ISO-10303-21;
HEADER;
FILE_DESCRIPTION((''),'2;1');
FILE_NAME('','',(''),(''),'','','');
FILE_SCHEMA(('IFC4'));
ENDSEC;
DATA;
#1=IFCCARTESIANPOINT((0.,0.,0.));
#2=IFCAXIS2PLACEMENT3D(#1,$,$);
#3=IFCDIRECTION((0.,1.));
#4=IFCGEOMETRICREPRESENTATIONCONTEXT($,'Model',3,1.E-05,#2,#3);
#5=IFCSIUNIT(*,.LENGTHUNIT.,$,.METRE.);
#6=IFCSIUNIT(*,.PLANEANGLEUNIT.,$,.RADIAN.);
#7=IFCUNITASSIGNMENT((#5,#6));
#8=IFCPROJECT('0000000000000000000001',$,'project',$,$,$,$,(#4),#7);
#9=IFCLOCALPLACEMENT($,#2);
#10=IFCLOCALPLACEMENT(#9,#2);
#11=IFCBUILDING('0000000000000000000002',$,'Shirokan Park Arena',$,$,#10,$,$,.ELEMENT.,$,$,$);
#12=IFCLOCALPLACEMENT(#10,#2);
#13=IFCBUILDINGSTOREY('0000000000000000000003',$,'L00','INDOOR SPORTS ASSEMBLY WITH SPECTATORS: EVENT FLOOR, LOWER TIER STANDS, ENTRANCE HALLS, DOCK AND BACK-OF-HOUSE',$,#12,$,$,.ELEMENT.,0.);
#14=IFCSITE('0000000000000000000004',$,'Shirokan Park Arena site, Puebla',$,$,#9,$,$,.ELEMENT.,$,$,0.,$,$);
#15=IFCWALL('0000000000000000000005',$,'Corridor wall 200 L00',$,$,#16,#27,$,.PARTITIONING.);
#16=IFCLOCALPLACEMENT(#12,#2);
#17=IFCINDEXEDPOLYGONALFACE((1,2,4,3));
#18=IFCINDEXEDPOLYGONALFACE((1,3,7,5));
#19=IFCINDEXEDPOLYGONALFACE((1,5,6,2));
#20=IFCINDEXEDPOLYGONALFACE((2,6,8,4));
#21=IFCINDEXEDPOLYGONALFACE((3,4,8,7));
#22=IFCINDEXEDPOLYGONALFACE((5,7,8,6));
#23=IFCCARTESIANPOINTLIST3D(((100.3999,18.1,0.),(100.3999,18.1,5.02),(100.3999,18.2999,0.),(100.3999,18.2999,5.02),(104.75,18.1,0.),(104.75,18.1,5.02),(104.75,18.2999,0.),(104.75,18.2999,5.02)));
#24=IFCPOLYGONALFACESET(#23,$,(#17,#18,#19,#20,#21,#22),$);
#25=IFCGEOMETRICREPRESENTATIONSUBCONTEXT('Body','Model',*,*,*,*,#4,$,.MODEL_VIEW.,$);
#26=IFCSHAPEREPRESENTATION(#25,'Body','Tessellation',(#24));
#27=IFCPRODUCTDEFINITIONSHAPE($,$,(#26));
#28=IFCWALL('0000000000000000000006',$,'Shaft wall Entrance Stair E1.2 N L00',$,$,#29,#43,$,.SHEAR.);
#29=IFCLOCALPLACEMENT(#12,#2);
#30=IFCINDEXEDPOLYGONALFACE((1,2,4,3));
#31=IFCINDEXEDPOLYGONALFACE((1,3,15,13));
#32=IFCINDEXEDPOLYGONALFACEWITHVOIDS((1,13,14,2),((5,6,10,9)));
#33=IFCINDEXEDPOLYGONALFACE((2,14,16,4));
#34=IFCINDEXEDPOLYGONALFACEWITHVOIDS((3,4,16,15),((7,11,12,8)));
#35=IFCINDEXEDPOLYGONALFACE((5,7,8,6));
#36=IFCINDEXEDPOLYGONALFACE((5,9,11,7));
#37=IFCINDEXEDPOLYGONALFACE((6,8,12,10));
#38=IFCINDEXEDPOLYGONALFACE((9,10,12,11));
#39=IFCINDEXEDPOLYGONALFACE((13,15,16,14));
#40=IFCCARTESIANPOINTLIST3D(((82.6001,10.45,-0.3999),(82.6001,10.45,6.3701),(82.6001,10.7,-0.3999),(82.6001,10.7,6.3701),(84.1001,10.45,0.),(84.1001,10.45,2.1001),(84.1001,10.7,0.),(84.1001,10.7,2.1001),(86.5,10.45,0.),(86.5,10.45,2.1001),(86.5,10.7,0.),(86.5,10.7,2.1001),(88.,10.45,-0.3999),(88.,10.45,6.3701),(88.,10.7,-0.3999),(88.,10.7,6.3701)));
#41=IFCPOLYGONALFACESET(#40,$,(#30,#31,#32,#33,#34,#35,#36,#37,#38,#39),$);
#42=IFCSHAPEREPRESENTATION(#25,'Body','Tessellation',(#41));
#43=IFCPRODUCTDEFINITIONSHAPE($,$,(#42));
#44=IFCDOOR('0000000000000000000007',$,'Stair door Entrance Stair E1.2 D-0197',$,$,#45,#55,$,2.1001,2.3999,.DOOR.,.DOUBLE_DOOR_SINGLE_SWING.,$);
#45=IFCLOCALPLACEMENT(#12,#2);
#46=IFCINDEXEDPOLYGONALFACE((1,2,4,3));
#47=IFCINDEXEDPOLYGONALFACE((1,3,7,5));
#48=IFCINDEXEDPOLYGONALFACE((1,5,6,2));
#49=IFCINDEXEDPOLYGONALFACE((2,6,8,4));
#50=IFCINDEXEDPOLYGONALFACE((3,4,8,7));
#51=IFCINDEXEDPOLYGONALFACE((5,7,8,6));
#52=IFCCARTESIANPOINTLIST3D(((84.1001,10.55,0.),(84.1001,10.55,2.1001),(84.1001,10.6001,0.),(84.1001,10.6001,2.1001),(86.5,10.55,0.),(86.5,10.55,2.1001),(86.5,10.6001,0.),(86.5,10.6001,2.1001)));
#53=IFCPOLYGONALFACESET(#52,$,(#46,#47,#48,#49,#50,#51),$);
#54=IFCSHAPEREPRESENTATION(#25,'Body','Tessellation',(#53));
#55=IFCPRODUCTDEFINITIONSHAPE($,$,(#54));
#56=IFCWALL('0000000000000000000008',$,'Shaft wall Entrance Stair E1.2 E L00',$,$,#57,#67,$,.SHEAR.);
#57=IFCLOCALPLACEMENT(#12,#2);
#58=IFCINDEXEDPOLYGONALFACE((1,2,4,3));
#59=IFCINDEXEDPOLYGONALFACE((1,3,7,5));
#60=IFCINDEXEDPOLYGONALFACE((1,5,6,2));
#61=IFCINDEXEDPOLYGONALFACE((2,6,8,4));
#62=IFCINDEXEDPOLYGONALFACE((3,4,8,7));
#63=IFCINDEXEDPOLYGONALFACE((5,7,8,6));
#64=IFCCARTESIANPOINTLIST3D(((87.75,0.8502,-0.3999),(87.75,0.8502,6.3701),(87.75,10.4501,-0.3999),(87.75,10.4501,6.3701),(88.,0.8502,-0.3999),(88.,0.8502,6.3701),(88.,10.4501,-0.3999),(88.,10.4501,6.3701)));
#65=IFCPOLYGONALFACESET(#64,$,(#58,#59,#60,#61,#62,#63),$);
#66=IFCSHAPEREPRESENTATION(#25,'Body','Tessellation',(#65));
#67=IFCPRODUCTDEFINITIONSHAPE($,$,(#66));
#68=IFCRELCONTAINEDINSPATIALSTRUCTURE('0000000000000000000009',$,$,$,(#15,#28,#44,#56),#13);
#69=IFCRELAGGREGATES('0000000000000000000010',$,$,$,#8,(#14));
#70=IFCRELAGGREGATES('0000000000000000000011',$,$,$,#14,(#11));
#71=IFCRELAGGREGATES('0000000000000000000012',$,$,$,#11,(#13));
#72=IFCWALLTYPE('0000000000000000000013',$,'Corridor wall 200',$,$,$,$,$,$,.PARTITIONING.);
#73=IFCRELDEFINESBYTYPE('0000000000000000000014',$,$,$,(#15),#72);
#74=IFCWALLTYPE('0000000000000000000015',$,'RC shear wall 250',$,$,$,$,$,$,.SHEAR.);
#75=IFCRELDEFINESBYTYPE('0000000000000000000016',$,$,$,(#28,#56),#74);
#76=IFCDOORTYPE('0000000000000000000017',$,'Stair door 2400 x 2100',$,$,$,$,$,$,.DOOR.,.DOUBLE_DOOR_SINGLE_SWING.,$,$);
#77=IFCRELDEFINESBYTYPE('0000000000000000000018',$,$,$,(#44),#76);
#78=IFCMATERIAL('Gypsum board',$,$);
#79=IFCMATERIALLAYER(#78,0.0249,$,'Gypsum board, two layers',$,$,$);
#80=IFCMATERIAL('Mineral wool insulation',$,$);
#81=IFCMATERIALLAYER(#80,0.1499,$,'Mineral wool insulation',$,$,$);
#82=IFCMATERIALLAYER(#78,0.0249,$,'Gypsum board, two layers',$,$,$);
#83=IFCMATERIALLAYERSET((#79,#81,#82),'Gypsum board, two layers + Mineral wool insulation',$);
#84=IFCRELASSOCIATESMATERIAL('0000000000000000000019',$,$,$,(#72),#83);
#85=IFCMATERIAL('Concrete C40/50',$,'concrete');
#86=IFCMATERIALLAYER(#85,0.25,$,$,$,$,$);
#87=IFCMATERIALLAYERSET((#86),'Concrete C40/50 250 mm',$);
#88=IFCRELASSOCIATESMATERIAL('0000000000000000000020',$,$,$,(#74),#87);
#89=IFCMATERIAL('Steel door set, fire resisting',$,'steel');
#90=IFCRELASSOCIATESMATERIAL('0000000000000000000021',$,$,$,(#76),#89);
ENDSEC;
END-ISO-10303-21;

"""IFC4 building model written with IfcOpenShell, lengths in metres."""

from ifc_helpers import new_model, si_unit, direction, frame, frame_2d, origin, place, context, subcontext, project, spatial, rectangle, extrude, material, layer, layer_set, type_object, element, fill, save


model = new_model("IFC4")

# Units and contexts
model_context = context("Model", 3, precision=1e-05, world=origin(), true_north=direction((0.0, 1.0)))
body_context = subcontext(model_context, "Body", "Model", "MODEL_VIEW")
ifc_project = project(units=[si_unit("LENGTHUNIT", "METRE"), si_unit("PLANEANGLEUNIT", "RADIAN")], contexts=[model_context])

# Site, building, storey
site_placement = place(None, origin())
site = spatial("IfcSite", under=ifc_project, at=site_placement, Name="Shirokan Park Arena site, Puebla", CompositionType="ELEMENT", RefElevation=0.0)
building_placement = place(site_placement, origin())
building = spatial("IfcBuilding", under=site, at=building_placement, Name="Shirokan Park Arena", CompositionType="ELEMENT")
storey_placement = place(building_placement, origin())
storey = spatial("IfcBuildingStorey", under=building, at=storey_placement, Name="L00", Description="INDOOR SPORTS ASSEMBLY WITH SPECTATORS: EVENT FLOOR, LOWER TIER STANDS, ENTRANCE HALLS, DOCK AND BACK-OF-HOUSE", CompositionType="ELEMENT", Elevation=0.0)

# Wall
ifc_material_1 = material(Name="Gypsum board")
ifc_layer_1 = layer(ifc_material_1, 0.0249, Name="Gypsum board, two layers")
ifc_material_2 = material(Name="Mineral wool insulation")
ifc_layer_2 = layer(ifc_material_2, 0.1499, Name="Mineral wool insulation")
ifc_layer_3 = layer(ifc_material_1, 0.0249, Name="Gypsum board, two layers")
ifc_layer_set_1 = layer_set([ifc_layer_1, ifc_layer_2, ifc_layer_3], Name="Gypsum board, two layers + Mineral wool insulation")
wall_type_1 = type_object("IfcWallType", Name="Corridor wall 200", PredefinedType="PARTITIONING", material=ifc_layer_set_1)
wall_1_placement = place(storey_placement, frame((100.3999, 18.2, 0.0), z_axis=(0.0, 0.0, 1.0), x_axis=(1.0, 0.0, 0.0)))
element("IfcWall", 1, at=wall_1_placement, inside=storey, type_object=wall_type_1, Name="Corridor wall 200 L00", PredefinedType="PARTITIONING", context=body_context, shape_type="SweptSolid", body=[
    extrude(rectangle(XDim=4.3501, YDim=0.2, at=frame_2d((2.175, 0.0))), origin(), (0.0, 0.0, 1.0), 5.02),
])

# Wall, opening, door
ifc_material_3 = material(Name="Concrete C40/50", Category="concrete")
ifc_layer_4 = layer(ifc_material_3, 0.25)
ifc_layer_set_2 = layer_set([ifc_layer_4], Name="Concrete C40/50 250 mm")
wall_type_2 = type_object("IfcWallType", Name="RC shear wall 250", PredefinedType="SHEAR", material=ifc_layer_set_2)
wall_2_placement = place(storey_placement, frame((88.0, 10.575, -0.3999), z_axis=(0.0, 0.0, 1.0), x_axis=(-1.0, 0.0, 0.0)))
wall_2 = element("IfcWall", 2, at=wall_2_placement, inside=storey, type_object=wall_type_2, Name="Shaft wall Entrance Stair E1.2 N L00", PredefinedType="SHEAR", context=body_context, shape_type="SweptSolid", body=[
    extrude(rectangle(XDim=5.3999, YDim=0.25, at=frame_2d((2.7, 0.0))), origin(), (0.0, 0.0, 1.0), 6.77),
])
opening_1_placement = place(wall_2_placement, frame((1.5, 0.0, 0.3999)))
opening_1 = element("IfcOpeningElement", 3, at=opening_1_placement, cuts=wall_2, PredefinedType="OPENING", context=body_context, shape_type="SweptSolid", body=[
    extrude(rectangle(XDim=2.3999, YDim=2.1001, at=frame_2d((1.2, 1.05))), frame((0.0, 0.135, 0.0), z_axis=(0.0, -1.0, 0.0), x_axis=(1.0, 0.0, 0.0)), (0.0, 0.0, 1.0), 0.27),
])
ifc_material_4 = material(Name="Steel door set, fire resisting", Category="steel")
door_type_1 = type_object("IfcDoorType", Name="Stair door 2400 x 2100", OperationType="DOUBLE_DOOR_SINGLE_SWING", PredefinedType="DOOR", material=ifc_material_4)
door_1_placement = place(opening_1_placement, origin())
door_1 = element("IfcDoor", 4, at=door_1_placement, inside=storey, type_object=door_type_1, Name="Stair door Entrance Stair E1.2 D-0197", OperationType="DOUBLE_DOOR_SINGLE_SWING", OverallHeight=2.1001, OverallWidth=2.3999, PredefinedType="DOOR", context=body_context, shape_type="SweptSolid", body=[
    extrude(rectangle(XDim=2.3999, YDim=2.1001, at=frame_2d((1.2, 1.05))), frame((0.0, 0.0249, 0.0), z_axis=(0.0, -1.0, 0.0), x_axis=(1.0, 0.0, 0.0)), (0.0, 0.0, 1.0), 0.05),
])
fill(opening_1, door_1)

# Wall
wall_3_placement = place(storey_placement, frame((87.875, 10.45, -0.3999), z_axis=(0.0, 0.0, 1.0), x_axis=(0.0, -1.0, 0.0)))
element("IfcWall", 5, at=wall_3_placement, inside=storey, type_object=wall_type_2, Name="Shaft wall Entrance Stair E1.2 E L00", PredefinedType="SHEAR", context=body_context, shape_type="SweptSolid", body=[
    extrude(rectangle(XDim=9.5999, YDim=0.25, at=frame_2d((4.7998, 0.0))), origin(), (0.0, 0.0, 1.0), 6.77),
])

save(model, "model.ifc")
